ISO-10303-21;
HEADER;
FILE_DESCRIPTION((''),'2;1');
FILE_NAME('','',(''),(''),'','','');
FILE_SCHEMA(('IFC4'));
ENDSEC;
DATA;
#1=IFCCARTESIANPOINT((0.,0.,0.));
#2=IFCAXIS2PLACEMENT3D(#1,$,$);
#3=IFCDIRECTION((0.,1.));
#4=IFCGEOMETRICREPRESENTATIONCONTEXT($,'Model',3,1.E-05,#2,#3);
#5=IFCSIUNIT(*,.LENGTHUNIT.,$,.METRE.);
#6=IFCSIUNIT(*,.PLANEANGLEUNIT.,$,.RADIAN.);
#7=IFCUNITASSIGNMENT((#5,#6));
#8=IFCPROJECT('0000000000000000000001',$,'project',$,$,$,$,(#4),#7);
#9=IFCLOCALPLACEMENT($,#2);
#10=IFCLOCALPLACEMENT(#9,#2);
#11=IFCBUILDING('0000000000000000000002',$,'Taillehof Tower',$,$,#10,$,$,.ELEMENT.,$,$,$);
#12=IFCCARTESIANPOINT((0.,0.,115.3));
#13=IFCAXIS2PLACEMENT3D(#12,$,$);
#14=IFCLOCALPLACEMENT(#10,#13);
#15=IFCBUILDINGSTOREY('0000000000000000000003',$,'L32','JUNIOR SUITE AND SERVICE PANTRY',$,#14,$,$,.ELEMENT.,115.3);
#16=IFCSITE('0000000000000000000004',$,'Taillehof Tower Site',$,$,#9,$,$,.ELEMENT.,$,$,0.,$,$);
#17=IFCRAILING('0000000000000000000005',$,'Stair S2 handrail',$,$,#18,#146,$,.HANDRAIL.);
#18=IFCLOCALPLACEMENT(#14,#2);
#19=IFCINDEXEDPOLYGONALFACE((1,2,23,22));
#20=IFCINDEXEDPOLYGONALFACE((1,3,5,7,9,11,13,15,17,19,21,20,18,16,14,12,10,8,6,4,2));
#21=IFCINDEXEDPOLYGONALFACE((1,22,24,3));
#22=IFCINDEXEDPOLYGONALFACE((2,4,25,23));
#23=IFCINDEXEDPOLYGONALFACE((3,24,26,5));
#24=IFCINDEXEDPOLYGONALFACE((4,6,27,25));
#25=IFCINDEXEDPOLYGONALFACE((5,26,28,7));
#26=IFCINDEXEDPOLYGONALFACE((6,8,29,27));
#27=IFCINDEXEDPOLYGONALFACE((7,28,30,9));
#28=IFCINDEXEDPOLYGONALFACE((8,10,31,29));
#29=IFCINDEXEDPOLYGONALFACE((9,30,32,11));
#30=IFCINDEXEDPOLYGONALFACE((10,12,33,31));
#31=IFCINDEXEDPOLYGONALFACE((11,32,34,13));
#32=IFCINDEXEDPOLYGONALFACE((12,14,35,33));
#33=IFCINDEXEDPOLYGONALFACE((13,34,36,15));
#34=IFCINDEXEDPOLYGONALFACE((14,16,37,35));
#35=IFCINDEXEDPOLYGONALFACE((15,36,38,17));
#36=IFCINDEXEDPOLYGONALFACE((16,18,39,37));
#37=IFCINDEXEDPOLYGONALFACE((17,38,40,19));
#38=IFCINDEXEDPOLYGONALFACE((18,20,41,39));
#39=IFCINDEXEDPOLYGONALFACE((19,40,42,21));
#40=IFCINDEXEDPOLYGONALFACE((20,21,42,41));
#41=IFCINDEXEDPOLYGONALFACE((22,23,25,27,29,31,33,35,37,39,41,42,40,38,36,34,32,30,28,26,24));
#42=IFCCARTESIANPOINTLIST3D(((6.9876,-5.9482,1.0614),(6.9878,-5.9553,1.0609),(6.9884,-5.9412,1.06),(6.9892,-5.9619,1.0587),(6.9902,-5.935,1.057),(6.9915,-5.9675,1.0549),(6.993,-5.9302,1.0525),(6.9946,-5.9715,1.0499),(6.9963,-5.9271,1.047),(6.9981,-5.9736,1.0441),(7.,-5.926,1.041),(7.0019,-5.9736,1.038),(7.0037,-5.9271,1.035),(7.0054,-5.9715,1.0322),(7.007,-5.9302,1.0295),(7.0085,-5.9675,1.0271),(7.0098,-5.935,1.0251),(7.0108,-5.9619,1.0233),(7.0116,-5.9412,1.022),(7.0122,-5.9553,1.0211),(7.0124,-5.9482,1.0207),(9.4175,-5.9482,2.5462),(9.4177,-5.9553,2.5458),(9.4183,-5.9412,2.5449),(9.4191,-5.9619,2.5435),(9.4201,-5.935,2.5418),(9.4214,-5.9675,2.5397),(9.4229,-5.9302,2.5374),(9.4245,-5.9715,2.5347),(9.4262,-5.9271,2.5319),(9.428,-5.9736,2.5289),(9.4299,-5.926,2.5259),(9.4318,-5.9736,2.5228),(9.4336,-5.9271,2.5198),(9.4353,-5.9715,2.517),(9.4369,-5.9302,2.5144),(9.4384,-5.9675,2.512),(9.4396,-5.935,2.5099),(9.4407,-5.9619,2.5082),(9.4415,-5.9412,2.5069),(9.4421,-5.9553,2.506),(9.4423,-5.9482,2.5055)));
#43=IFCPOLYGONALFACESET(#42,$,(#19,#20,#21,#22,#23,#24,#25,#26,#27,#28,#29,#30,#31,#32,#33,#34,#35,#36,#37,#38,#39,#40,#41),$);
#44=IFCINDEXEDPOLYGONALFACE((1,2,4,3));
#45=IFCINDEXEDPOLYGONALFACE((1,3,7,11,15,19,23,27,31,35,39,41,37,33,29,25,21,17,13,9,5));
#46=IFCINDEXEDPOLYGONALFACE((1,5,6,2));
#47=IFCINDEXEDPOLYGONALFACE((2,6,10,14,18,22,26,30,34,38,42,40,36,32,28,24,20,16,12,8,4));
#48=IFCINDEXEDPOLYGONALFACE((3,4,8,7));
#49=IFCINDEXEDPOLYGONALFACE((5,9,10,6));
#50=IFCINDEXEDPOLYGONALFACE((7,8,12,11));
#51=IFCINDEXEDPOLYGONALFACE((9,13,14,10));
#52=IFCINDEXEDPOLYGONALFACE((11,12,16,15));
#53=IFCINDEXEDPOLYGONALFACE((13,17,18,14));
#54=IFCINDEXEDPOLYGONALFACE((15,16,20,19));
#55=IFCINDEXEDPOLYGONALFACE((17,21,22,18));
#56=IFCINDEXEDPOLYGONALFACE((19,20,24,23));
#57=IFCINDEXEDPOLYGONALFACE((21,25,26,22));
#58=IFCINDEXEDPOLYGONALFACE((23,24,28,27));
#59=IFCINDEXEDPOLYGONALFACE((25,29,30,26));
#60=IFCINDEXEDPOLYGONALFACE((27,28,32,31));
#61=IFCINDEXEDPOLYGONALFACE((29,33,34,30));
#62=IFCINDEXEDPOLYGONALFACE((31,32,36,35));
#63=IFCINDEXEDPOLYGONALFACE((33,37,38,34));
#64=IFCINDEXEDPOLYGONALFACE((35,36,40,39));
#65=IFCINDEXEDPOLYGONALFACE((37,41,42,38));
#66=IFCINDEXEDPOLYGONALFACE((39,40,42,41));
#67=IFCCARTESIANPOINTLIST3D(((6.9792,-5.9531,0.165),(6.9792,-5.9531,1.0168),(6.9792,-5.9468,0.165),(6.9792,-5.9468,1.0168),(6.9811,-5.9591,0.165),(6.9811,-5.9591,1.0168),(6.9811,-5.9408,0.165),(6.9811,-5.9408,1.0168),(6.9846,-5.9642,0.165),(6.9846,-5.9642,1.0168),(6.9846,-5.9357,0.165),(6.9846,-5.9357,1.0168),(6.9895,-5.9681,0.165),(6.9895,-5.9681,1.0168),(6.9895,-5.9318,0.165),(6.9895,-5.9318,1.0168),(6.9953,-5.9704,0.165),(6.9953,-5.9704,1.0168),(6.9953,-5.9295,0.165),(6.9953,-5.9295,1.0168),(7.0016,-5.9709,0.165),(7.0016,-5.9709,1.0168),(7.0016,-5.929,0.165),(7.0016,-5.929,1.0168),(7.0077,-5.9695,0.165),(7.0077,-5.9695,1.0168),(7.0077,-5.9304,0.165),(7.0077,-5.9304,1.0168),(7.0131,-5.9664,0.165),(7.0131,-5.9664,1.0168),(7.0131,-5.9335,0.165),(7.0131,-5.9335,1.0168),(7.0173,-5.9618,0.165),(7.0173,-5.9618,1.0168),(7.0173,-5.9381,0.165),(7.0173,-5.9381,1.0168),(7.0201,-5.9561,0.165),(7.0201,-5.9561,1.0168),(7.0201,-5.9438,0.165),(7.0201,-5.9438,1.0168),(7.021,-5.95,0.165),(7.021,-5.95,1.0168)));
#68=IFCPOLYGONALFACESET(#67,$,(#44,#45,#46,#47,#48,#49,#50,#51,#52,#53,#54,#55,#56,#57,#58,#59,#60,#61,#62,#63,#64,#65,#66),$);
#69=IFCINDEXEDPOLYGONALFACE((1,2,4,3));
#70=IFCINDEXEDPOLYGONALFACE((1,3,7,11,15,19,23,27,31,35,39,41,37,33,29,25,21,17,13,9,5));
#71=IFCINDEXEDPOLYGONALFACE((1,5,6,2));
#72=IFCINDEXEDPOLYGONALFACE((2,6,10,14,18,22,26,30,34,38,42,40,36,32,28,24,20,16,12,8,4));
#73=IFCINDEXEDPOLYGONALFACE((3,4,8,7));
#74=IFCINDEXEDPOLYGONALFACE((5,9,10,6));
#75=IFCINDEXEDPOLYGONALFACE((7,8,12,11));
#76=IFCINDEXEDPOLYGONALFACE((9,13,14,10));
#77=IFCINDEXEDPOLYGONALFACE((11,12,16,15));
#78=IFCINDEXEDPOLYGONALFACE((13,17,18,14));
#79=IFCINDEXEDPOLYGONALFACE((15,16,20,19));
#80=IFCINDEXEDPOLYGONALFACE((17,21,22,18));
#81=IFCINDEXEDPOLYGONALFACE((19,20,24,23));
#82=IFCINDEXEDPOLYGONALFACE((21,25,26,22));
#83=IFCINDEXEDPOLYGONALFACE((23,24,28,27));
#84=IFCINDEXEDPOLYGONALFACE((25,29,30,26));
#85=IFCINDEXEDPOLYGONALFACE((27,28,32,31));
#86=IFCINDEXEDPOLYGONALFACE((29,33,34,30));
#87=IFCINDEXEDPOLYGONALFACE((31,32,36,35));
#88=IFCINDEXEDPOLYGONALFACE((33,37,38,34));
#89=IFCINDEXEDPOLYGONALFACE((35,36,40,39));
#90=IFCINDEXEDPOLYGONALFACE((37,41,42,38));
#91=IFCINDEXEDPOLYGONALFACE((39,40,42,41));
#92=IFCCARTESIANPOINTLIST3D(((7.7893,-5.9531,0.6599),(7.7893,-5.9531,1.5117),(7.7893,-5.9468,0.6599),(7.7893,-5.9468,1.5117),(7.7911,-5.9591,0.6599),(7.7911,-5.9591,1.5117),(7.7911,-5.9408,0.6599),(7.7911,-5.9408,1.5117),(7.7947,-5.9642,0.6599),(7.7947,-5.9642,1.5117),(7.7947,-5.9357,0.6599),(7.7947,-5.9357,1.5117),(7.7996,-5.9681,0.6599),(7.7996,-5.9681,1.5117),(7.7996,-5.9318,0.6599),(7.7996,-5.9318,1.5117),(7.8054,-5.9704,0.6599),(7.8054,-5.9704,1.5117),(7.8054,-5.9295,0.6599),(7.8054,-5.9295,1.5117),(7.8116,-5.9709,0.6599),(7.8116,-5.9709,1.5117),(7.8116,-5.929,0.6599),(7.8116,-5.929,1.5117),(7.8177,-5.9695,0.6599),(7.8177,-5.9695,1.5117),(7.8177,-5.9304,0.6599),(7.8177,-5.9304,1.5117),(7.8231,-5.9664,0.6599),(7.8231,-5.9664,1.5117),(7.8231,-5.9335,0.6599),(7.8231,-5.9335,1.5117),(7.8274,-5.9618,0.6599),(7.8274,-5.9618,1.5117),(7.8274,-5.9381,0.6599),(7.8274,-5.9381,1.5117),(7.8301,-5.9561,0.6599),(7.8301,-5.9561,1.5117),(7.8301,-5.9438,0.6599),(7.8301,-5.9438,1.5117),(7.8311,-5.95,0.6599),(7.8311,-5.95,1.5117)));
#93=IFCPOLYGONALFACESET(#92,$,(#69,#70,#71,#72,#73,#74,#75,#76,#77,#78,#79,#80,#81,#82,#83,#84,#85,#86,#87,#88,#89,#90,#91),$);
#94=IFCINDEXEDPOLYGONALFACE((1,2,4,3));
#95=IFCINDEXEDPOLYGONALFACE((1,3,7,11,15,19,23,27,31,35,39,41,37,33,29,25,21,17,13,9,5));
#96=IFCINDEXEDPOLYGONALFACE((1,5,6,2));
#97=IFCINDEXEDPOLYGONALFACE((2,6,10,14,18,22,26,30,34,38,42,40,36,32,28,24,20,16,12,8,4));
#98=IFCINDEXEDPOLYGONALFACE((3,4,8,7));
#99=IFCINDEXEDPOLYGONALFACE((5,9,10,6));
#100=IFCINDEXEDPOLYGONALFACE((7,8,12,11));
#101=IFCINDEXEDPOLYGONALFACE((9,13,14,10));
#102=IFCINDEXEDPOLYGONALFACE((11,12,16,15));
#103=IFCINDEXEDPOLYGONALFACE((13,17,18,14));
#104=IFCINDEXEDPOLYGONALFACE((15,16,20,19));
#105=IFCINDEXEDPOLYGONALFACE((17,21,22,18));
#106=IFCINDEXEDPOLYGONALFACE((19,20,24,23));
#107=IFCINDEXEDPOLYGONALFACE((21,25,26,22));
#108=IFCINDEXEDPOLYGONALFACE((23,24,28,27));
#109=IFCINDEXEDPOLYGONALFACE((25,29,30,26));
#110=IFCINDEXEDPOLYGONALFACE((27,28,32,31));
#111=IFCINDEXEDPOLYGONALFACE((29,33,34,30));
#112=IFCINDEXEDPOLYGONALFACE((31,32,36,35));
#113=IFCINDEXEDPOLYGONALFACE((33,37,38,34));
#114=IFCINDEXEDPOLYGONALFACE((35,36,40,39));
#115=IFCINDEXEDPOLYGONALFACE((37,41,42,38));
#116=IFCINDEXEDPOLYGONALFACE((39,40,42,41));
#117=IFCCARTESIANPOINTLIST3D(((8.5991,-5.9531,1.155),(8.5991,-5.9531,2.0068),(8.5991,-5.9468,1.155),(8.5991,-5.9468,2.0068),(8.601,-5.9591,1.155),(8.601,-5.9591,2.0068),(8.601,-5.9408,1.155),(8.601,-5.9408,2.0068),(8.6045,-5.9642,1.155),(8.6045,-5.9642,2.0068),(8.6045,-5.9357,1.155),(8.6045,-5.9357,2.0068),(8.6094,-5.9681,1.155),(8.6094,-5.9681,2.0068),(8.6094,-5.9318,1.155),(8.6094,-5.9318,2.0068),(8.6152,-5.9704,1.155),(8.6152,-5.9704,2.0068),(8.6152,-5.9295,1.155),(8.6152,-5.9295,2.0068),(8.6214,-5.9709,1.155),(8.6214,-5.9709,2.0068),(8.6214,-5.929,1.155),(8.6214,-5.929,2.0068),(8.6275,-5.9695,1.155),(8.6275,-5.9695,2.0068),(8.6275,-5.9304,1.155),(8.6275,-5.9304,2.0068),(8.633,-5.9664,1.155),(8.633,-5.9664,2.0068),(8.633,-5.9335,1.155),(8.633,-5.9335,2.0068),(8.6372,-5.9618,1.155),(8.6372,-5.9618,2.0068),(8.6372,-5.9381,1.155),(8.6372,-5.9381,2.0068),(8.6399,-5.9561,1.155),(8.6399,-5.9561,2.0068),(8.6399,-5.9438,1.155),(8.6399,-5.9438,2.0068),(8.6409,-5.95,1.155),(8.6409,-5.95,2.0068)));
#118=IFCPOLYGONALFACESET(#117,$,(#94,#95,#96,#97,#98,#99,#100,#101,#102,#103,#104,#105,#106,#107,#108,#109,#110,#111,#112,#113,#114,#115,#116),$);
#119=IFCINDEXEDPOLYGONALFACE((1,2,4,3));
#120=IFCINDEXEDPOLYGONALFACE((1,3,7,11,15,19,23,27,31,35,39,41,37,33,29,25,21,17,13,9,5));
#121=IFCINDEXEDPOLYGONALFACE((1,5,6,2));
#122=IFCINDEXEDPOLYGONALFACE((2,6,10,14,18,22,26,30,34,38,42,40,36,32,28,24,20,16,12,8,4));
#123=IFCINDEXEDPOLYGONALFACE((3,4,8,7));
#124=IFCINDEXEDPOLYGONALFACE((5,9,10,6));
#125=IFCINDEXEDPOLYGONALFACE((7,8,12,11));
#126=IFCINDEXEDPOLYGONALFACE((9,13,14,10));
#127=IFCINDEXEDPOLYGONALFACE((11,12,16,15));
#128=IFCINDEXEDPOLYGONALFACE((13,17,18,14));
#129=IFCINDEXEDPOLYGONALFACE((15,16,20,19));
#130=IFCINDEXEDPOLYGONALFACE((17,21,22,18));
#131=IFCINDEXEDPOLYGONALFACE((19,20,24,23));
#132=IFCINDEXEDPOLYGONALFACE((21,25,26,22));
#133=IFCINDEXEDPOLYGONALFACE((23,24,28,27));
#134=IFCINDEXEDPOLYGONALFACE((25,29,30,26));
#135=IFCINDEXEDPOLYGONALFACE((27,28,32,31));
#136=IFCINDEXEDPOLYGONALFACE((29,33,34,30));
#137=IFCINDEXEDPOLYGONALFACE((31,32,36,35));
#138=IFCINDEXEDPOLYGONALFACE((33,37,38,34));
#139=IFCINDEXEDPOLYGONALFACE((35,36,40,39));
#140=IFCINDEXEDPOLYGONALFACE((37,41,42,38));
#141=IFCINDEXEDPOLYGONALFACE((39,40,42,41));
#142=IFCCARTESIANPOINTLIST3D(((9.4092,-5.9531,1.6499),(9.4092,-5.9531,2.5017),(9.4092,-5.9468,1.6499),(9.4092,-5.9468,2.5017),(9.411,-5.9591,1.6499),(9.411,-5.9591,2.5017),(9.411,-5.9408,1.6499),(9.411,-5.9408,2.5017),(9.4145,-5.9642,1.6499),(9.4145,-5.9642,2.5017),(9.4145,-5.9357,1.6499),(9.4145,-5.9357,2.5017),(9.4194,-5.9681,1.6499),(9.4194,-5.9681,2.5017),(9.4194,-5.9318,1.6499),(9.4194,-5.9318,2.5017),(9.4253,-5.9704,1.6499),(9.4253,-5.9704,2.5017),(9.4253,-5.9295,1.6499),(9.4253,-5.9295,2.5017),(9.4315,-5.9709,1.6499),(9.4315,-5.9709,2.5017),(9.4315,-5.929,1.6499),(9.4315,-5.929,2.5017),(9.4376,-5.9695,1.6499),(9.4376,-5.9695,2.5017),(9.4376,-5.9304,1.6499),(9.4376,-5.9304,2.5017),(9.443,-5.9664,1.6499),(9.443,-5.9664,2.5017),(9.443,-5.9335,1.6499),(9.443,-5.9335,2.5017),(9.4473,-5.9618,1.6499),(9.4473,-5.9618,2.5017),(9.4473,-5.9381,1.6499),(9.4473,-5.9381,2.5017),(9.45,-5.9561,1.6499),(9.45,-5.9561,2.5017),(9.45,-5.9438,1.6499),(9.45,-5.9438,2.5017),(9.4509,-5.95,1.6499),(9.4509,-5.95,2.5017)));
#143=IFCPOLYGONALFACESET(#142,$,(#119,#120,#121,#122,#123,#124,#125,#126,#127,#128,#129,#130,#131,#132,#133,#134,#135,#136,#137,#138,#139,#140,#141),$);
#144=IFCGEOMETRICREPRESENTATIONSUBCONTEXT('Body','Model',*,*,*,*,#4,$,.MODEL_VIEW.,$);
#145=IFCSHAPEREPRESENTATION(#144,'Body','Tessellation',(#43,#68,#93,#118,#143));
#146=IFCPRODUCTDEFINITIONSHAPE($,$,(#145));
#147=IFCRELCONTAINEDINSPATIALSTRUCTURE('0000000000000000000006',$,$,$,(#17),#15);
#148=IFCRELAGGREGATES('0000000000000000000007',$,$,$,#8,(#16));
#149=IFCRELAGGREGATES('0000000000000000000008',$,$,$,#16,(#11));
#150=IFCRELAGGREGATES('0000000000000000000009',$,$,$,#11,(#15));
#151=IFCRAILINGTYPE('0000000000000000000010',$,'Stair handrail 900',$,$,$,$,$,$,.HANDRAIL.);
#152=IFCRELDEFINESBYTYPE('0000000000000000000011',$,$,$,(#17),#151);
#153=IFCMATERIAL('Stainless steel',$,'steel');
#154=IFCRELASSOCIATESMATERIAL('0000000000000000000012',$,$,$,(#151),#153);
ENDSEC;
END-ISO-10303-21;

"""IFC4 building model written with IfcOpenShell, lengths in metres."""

from ifc_helpers import new_model, si_unit, direction, frame, origin, origin_2d, place, context, subcontext, project, spatial, circle, extrude, material, type_object, element, save


model = new_model("IFC4")

# Units and contexts
model_context = context("Model", 3, precision=1e-05, world=origin(), true_north=direction((0.0, 1.0)))
body_context = subcontext(model_context, "Body", "Model", "MODEL_VIEW")
ifc_project = project(units=[si_unit("LENGTHUNIT", "METRE"), si_unit("PLANEANGLEUNIT", "RADIAN")], contexts=[model_context])

# Site, building, storey
site_placement = place(None, origin())
site = spatial("IfcSite", under=ifc_project, at=site_placement, Name="Taillehof Tower Site", CompositionType="ELEMENT", RefElevation=0.0)
building_placement = place(site_placement, origin())
building = spatial("IfcBuilding", under=site, at=building_placement, Name="Taillehof Tower", CompositionType="ELEMENT")
storey_placement = place(building_placement, frame((0.0, 0.0, 115.3)))
storey = spatial("IfcBuildingStorey", under=building, at=storey_placement, Name="L32", Description="JUNIOR SUITE AND SERVICE PANTRY", CompositionType="ELEMENT", Elevation=115.3)

# Railing
ifc_material_1 = material(Name="Stainless steel", Category="steel")
railing_type = type_object("IfcRailingType", Name="Stair handrail 900", PredefinedType="HANDRAIL", material=ifc_material_1)
railing_placement = place(storey_placement, frame((7.0, -5.95, 0.165)))
element("IfcRailing", 1, at=railing_placement, inside=storey, type_object=railing_type, Name="Stair S2 handrail", PredefinedType="HANDRAIL", context=body_context, shape_type="SweptSolid", body=[
    extrude(circle(Radius=0.0239, at=origin_2d()), frame((0.0, 0.0, 0.876), z_axis=(0.853297, 0.0, 0.521426), x_axis=(0.0, 1.0, 0.0)), (0.0, 0.0, 1.0), 2.8477),
    extrude(circle(Radius=0.021, at=origin_2d()), origin(), (0.0, 0.0, 1.0), 0.8518),
    extrude(circle(Radius=0.021, at=origin_2d()), frame((0.8101, 0.0, 0.4949)), (0.0, 0.0, 1.0), 0.8518),
    extrude(circle(Radius=0.021, at=origin_2d()), frame((1.6199, 0.0, 0.99)), (0.0, 0.0, 1.0), 0.8518),
    extrude(circle(Radius=0.021, at=origin_2d()), frame((2.4299, 0.0, 1.4849)), (0.0, 0.0, 1.0), 0.8518),
])

save(model, "model.ifc")
